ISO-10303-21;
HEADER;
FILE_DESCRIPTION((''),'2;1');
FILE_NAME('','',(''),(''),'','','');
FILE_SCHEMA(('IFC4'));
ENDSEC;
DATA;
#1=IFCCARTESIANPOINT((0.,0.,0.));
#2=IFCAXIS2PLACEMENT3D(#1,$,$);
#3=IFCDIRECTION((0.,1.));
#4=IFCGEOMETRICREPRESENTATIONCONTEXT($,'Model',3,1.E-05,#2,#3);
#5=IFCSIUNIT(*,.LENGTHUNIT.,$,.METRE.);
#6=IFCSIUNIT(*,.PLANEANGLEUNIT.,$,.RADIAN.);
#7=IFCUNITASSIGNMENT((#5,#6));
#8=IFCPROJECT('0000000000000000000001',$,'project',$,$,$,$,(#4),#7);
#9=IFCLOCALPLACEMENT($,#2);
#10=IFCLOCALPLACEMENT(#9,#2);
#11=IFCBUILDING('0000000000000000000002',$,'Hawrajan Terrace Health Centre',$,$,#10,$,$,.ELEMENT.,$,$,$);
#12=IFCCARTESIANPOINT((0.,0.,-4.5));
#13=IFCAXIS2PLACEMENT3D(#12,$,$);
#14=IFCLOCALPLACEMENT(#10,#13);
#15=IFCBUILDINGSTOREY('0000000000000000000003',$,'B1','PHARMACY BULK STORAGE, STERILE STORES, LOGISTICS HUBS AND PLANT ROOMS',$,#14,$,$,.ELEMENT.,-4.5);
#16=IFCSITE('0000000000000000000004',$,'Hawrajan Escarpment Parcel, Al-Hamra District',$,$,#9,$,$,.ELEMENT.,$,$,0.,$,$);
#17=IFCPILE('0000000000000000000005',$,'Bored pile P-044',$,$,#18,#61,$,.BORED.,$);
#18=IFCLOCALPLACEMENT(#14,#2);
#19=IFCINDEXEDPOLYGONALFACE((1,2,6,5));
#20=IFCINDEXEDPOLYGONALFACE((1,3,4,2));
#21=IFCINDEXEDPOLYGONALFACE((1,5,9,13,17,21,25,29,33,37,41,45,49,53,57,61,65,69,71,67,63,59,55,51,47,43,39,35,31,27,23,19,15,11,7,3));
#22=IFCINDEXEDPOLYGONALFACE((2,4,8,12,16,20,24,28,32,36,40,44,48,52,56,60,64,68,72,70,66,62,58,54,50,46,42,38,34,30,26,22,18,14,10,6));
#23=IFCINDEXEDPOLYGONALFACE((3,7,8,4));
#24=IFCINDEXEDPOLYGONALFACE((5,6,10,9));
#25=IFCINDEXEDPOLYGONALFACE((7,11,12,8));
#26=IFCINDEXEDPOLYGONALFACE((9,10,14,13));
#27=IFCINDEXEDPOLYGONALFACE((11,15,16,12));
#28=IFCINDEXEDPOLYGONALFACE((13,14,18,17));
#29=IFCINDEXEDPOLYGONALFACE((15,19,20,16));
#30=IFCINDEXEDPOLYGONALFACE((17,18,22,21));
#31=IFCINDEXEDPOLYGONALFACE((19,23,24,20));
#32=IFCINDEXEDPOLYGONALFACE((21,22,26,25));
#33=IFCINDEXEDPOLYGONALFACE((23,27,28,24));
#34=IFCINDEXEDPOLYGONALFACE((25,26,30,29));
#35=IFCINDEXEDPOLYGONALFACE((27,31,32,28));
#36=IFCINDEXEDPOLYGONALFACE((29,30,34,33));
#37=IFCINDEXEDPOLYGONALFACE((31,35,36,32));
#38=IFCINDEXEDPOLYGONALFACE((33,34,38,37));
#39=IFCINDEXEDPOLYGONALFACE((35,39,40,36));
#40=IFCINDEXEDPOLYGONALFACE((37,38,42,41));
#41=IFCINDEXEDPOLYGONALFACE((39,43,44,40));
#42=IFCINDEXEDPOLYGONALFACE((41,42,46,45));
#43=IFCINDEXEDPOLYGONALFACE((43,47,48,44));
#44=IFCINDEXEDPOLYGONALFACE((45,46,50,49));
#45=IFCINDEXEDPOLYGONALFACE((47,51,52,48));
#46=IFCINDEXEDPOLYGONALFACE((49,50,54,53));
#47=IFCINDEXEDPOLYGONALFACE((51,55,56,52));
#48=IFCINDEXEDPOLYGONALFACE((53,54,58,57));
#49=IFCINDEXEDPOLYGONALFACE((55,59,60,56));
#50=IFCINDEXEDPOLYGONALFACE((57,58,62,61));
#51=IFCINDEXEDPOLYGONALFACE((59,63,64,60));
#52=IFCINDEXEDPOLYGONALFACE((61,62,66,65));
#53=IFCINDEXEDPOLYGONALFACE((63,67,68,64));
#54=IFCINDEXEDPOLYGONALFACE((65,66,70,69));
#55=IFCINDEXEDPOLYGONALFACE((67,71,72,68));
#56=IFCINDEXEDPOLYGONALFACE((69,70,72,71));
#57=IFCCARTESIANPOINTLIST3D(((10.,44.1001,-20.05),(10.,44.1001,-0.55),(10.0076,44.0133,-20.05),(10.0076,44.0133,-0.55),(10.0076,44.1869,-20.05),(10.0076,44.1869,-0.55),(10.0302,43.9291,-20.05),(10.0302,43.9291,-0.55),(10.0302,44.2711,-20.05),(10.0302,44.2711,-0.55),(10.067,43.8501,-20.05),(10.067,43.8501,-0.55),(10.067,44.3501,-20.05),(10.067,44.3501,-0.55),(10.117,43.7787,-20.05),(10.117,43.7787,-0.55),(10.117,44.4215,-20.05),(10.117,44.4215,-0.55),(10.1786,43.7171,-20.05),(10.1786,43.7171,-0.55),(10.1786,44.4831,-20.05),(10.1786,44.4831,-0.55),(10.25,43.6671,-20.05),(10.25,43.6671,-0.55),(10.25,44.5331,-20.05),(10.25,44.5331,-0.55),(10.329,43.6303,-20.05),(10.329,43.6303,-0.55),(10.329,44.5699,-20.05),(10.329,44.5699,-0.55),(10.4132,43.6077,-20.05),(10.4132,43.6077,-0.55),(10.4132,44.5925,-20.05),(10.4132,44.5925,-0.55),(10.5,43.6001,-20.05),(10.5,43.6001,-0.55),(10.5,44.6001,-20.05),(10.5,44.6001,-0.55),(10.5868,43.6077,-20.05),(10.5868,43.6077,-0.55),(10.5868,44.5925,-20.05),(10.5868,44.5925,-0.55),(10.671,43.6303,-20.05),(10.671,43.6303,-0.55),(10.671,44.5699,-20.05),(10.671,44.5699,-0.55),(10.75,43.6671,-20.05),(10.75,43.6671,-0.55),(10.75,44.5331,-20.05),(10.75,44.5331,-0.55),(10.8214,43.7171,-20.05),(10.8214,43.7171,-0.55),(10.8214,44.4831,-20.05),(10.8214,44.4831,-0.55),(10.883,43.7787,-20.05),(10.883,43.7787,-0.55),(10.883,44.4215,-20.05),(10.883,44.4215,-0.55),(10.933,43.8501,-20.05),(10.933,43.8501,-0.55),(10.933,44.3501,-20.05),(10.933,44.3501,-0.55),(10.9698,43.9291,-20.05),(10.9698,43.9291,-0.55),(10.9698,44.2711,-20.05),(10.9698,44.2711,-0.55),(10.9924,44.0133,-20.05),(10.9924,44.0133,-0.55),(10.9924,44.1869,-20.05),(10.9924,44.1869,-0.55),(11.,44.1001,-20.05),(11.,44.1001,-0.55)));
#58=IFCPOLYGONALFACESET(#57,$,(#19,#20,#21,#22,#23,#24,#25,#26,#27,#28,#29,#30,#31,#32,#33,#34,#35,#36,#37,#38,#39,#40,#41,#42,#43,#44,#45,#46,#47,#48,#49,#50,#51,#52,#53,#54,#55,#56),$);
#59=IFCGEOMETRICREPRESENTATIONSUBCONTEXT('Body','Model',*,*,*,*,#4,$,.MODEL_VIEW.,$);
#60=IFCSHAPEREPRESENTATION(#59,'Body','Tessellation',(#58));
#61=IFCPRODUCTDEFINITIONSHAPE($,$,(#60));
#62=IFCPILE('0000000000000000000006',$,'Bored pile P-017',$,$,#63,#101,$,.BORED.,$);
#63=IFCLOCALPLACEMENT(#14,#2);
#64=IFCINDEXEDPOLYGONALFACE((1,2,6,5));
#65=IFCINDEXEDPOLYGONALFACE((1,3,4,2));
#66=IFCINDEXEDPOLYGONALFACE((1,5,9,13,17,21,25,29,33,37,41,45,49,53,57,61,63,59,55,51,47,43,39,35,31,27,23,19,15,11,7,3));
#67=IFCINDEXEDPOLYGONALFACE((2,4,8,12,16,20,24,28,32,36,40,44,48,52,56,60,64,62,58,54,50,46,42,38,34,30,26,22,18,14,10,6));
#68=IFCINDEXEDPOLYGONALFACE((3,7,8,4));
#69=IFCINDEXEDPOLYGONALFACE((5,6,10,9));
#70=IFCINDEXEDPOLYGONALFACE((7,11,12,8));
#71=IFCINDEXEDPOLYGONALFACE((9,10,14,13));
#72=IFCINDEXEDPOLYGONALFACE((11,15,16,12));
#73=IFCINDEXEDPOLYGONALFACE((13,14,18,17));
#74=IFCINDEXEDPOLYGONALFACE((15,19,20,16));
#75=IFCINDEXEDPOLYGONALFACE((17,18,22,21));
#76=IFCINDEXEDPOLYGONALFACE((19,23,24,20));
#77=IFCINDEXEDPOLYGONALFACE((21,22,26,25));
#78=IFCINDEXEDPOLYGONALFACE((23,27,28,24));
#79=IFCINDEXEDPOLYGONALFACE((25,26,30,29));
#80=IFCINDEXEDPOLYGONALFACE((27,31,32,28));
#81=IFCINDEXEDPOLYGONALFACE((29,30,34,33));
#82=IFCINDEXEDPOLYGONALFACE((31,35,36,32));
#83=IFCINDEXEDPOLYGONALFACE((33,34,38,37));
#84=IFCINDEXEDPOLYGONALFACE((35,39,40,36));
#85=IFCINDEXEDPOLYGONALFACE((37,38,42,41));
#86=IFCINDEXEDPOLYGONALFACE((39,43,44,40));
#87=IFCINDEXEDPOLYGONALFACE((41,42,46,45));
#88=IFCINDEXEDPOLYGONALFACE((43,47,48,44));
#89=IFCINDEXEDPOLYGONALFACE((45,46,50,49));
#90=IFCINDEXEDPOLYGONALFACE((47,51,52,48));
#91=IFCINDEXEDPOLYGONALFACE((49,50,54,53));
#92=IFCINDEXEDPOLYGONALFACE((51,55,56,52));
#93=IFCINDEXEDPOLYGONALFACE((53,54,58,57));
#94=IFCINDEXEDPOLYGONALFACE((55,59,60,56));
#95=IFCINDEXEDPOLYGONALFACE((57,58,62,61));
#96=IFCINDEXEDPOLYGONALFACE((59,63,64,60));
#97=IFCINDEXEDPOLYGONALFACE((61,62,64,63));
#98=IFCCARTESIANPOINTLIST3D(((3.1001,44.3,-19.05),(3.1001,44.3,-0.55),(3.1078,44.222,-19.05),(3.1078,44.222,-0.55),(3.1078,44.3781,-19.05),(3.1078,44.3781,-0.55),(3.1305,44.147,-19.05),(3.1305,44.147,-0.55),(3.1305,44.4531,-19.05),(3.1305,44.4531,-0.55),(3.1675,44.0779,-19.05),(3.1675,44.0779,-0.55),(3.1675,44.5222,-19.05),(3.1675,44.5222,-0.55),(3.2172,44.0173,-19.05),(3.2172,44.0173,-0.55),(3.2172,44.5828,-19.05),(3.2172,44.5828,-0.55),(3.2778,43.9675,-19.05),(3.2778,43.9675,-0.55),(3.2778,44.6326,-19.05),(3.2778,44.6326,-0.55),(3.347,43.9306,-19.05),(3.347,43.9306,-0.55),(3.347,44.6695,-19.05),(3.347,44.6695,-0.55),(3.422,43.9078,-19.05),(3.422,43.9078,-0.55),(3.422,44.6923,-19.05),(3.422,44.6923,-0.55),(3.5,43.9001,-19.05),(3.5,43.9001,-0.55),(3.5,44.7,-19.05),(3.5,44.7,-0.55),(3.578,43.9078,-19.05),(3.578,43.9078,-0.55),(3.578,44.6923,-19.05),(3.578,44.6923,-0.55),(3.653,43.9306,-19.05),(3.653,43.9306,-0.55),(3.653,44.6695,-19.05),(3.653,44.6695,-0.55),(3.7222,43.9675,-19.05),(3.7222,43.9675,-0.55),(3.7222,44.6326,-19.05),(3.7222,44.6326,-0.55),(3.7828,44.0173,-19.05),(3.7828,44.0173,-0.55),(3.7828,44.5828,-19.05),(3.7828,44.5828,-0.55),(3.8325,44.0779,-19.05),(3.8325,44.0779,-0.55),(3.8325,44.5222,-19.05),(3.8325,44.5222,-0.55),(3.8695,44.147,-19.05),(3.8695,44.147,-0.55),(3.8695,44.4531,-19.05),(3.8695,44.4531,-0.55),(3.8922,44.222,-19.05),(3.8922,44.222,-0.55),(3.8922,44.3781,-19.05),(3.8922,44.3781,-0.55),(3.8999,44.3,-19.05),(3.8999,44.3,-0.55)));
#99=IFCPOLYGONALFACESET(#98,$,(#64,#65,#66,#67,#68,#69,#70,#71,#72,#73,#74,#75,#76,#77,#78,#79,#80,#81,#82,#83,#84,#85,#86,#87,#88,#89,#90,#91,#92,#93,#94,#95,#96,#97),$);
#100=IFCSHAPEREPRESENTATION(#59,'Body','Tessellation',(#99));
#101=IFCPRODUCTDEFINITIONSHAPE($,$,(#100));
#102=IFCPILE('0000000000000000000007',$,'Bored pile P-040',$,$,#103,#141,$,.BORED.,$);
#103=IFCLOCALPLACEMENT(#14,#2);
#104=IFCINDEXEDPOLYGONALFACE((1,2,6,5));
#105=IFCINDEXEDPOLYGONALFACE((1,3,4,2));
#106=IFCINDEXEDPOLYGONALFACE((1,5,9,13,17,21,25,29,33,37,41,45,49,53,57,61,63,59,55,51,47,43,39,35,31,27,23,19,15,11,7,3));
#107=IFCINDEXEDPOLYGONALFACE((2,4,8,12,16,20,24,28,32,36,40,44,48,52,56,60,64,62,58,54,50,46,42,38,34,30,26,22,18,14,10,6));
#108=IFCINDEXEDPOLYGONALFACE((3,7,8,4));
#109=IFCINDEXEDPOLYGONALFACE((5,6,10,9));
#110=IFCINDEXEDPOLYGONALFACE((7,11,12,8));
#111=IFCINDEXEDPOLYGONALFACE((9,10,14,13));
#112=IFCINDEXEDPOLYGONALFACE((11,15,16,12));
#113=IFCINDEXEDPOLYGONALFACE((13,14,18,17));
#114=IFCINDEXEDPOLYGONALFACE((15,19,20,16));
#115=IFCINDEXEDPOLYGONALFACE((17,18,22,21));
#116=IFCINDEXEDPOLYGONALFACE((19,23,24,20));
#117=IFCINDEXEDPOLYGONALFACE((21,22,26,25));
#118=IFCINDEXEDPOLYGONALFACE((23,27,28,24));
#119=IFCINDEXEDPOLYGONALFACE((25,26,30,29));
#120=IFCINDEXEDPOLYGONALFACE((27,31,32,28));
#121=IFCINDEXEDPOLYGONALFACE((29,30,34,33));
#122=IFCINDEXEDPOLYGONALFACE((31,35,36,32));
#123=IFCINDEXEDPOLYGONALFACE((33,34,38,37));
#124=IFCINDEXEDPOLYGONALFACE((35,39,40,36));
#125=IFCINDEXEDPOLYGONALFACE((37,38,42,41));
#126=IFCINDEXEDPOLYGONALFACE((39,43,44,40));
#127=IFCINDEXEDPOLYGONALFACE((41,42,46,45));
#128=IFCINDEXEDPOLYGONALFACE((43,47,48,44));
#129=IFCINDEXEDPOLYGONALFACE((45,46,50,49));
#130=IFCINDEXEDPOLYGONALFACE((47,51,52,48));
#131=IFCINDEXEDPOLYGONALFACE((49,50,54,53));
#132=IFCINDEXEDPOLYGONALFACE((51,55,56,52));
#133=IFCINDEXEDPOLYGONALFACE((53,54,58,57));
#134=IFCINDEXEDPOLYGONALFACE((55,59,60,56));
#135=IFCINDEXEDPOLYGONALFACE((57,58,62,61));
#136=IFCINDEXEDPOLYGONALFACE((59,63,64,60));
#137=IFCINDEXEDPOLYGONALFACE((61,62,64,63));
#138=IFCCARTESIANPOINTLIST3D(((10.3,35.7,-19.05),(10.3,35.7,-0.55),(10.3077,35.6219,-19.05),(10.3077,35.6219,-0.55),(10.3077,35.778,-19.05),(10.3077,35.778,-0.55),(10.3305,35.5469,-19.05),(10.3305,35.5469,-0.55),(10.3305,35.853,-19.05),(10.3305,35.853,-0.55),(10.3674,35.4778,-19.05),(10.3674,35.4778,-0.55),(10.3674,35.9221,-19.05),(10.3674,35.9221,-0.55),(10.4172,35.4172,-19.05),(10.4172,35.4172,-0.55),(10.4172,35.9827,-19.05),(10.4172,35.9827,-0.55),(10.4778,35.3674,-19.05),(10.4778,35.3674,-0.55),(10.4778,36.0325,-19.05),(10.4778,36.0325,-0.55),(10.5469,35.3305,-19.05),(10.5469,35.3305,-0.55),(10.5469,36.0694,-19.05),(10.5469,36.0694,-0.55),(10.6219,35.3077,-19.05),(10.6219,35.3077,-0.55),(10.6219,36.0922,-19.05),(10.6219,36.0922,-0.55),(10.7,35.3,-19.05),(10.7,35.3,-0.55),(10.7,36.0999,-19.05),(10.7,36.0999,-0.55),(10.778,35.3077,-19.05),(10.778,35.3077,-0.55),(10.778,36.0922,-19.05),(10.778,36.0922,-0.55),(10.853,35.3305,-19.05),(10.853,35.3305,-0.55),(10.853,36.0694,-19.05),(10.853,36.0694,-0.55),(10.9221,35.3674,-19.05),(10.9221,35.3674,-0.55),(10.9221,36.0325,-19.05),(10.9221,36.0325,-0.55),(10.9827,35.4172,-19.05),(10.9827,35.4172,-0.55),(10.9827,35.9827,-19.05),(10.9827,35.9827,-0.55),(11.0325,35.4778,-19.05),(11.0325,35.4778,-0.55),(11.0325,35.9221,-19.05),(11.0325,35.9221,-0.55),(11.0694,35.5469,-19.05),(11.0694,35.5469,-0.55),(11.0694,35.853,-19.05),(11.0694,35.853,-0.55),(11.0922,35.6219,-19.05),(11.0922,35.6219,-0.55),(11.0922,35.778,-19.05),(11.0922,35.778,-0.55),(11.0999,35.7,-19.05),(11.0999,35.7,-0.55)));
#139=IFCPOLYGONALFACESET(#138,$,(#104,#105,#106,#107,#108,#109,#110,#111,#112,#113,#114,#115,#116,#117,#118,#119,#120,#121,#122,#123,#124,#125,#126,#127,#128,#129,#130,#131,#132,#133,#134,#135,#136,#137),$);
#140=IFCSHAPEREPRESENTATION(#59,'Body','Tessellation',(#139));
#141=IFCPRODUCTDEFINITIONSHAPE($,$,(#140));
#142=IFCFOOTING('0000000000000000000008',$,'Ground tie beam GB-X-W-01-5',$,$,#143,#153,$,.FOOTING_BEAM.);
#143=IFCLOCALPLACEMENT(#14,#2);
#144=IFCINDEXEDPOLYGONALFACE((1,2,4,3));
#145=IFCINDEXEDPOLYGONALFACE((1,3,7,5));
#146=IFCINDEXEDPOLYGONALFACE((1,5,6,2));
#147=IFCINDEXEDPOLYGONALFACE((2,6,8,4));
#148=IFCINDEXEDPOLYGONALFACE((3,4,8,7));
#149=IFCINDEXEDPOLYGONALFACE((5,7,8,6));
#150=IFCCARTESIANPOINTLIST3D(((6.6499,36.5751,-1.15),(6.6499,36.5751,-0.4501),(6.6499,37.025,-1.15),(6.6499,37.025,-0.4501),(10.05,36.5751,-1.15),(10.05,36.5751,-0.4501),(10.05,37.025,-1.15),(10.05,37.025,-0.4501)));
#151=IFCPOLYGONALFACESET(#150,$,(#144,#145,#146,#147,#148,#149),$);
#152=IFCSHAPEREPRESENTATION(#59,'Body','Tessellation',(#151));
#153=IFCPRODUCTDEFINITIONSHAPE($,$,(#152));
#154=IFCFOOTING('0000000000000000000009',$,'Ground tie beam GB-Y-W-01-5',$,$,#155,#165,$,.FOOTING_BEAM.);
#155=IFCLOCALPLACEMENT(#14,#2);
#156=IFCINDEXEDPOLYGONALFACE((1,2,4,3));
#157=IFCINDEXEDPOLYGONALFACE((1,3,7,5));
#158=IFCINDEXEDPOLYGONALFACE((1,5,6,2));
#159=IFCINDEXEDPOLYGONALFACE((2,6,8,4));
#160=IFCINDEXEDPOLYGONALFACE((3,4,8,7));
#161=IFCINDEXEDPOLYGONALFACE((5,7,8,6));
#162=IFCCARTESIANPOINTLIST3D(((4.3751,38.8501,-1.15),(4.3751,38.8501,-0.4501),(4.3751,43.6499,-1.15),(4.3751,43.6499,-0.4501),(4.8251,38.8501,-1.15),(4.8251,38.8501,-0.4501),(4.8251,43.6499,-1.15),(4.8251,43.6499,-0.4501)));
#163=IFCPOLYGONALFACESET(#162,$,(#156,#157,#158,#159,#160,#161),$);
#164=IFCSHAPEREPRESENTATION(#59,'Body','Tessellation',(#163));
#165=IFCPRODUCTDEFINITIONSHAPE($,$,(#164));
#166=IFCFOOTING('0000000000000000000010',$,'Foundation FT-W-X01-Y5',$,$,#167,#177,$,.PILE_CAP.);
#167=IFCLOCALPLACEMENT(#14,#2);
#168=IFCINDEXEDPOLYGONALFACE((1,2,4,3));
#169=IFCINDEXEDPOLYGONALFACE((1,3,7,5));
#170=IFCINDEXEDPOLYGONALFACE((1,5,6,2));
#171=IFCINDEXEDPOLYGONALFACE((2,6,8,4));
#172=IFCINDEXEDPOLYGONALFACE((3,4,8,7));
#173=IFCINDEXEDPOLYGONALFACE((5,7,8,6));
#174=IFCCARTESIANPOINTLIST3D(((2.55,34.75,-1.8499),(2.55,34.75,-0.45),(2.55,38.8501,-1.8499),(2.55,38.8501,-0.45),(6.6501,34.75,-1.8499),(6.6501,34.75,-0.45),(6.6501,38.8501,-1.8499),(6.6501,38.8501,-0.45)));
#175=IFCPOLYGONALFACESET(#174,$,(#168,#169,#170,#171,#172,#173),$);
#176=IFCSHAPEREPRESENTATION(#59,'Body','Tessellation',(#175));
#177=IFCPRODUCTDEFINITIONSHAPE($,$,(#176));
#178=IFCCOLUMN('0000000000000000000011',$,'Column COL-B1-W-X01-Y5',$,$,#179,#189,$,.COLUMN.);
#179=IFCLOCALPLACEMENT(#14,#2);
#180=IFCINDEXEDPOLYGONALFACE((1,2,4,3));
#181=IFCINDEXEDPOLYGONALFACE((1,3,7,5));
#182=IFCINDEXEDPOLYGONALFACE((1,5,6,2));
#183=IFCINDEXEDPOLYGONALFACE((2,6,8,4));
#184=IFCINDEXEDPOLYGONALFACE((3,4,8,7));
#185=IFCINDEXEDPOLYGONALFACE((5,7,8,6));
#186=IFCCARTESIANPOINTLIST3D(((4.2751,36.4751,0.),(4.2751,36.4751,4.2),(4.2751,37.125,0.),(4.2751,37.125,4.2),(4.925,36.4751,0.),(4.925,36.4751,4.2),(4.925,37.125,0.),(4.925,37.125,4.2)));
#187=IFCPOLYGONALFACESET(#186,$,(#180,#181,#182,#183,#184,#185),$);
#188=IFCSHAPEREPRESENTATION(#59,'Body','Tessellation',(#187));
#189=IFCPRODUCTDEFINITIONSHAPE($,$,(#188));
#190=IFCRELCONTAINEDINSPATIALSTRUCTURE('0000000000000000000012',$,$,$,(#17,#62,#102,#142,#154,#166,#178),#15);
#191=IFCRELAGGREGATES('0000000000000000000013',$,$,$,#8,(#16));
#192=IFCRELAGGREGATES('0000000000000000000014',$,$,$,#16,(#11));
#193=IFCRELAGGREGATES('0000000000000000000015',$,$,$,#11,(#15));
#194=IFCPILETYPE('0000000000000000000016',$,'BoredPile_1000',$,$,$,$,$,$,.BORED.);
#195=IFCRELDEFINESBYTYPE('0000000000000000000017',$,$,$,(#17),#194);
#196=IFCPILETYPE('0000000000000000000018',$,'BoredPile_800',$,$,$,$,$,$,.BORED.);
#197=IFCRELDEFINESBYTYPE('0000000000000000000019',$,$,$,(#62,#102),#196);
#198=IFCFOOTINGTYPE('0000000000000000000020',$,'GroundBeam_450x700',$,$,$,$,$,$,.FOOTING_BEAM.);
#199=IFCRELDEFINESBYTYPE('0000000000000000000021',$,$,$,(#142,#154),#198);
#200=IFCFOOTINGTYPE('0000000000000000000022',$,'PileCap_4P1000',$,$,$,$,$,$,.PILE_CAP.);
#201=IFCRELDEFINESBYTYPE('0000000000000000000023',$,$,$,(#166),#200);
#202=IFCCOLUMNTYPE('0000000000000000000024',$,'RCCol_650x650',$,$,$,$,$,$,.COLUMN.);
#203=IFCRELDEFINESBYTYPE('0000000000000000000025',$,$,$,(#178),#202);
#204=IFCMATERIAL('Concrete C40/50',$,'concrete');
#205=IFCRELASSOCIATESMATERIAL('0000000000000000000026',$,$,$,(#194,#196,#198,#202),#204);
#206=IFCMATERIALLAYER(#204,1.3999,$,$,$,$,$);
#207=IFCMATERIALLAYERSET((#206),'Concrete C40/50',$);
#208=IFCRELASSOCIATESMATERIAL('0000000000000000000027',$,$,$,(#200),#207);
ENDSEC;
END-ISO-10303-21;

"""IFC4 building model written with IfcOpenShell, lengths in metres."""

from ifc_helpers import new_model, si_unit, direction, frame, origin, origin_2d, place, context, subcontext, project, spatial, rectangle, circle, extrude, material, layer, layer_set, material_profile, profile_set, type_object, element, save


model = new_model("IFC4")

# Units and contexts
model_context = context("Model", 3, precision=1e-05, world=origin(), true_north=direction((0.0, 1.0)))
body_context = subcontext(model_context, "Body", "Model", "MODEL_VIEW")
ifc_project = project(units=[si_unit("LENGTHUNIT", "METRE"), si_unit("PLANEANGLEUNIT", "RADIAN")], contexts=[model_context])

# Site, building, storey
site_placement = place(None, origin())
site = spatial("IfcSite", under=ifc_project, at=site_placement, Name="Hawrajan Escarpment Parcel, Al-Hamra District", CompositionType="ELEMENT", RefElevation=0.0)
building_placement = place(site_placement, origin())
building = spatial("IfcBuilding", under=site, at=building_placement, Name="Hawrajan Terrace Health Centre", CompositionType="ELEMENT")
storey_placement = place(building_placement, frame((0.0, 0.0, -4.5)))
storey = spatial("IfcBuildingStorey", under=building, at=storey_placement, Name="B1", Description="PHARMACY BULK STORAGE, STERILE STORES, LOGISTICS HUBS AND PLANT ROOMS", CompositionType="ELEMENT", Elevation=-4.5)

# Piles
ifc_material_1 = material(Name="Concrete C40/50", Category="concrete")
ifc_material_profile_1 = material_profile(ifc_material_1, circle(Radius=0.5, at=origin_2d()), Name="BP 1000")
ifc_profile_set_1 = profile_set([ifc_material_profile_1], Name="Concrete C40/50")
pile_type_1 = type_object("IfcPileType", Name="BoredPile_1000", PredefinedType="BORED", material=ifc_profile_set_1)
for number, where, z_axis, x_axis, name in (
    (1, (10.5, 44.1001, -0.55), (0.0, 0.0, -1.0), (1.0, 0.0, 0.0), "Bored pile P-044"),
):
    element("IfcPile", number, at=place(storey_placement, frame(where, z_axis=z_axis, x_axis=x_axis)), inside=storey, type_object=pile_type_1, Name=name, PredefinedType="BORED", context=body_context, shape_type="SweptSolid", body=[
        extrude(circle(Radius=0.5, at=origin_2d()), origin(), (0.0, 0.0, 1.0), 19.5),
    ])
ifc_material_profile_2 = material_profile(ifc_material_1, circle(Radius=0.3999, at=origin_2d()), Name="BP 800")
ifc_profile_set_2 = profile_set([ifc_material_profile_2], Name="Concrete C40/50")
pile_type_2 = type_object("IfcPileType", Name="BoredPile_800", PredefinedType="BORED", material=ifc_profile_set_2)
for number, where, z_axis, x_axis, name in (
    (2, (3.5, 44.3, -0.55), (0.0, 0.0, -1.0), (1.0, 0.0, 0.0), "Bored pile P-017"),
    (3, (10.7, 35.7, -0.55), (0.0, 0.0, -1.0), (1.0, 0.0, 0.0), "Bored pile P-040"),
):
    element("IfcPile", number, at=place(storey_placement, frame(where, z_axis=z_axis, x_axis=x_axis)), inside=storey, type_object=pile_type_2, Name=name, PredefinedType="BORED", context=body_context, shape_type="SweptSolid", body=[
        extrude(circle(Radius=0.3999, at=origin_2d()), origin(), (0.0, 0.0, 1.0), 18.5),
    ])

# Footings
ifc_material_profile_3 = material_profile(ifc_material_1, rectangle(XDim=0.45, YDim=0.7, at=origin_2d()), Name="RC BM 450x700")
ifc_profile_set_3 = profile_set([ifc_material_profile_3], Name="Concrete C40/50")
footing_type_1 = type_object("IfcFootingType", Name="GroundBeam_450x700", PredefinedType="FOOTING_BEAM", material=ifc_profile_set_3)
footing_1_placement = place(storey_placement, frame((6.6499, 36.8, -0.8), z_axis=(1.0, 0.0, 0.0), x_axis=(0.0, 1.0, 0.0)))
element("IfcFooting", 4, at=footing_1_placement, inside=storey, type_object=footing_type_1, Name="Ground tie beam GB-X-W-01-5", PredefinedType="FOOTING_BEAM", context=body_context, shape_type="SweptSolid", body=[
    extrude(rectangle(XDim=0.45, YDim=0.7, at=origin_2d()), origin(), (0.0, 0.0, 1.0), 3.4001),
])
footing_2_placement = place(storey_placement, frame((4.6001, 38.8501, -0.8), z_axis=(0.0, 1.0, 0.0), x_axis=(-1.0, 0.0, 0.0)))
element("IfcFooting", 5, at=footing_2_placement, inside=storey, type_object=footing_type_1, Name="Ground tie beam GB-Y-W-01-5", PredefinedType="FOOTING_BEAM", context=body_context, shape_type="SweptSolid", body=[
    extrude(rectangle(XDim=0.45, YDim=0.7, at=origin_2d()), origin(), (0.0, 0.0, 1.0), 4.7998),
])
ifc_layer_1 = layer(ifc_material_1, 1.3999)
ifc_layer_set_1 = layer_set([ifc_layer_1], Name="Concrete C40/50")
footing_type_2 = type_object("IfcFootingType", Name="PileCap_4P1000", PredefinedType="PILE_CAP", material=ifc_layer_set_1)
footing_3_placement = place(storey_placement, frame((4.6001, 36.8, -1.8499), z_axis=(0.0, 0.0, 1.0), x_axis=(1.0, 0.0, 0.0)))
element("IfcFooting", 6, at=footing_3_placement, inside=storey, type_object=footing_type_2, Name="Foundation FT-W-X01-Y5", PredefinedType="PILE_CAP", context=body_context, shape_type="SweptSolid", body=[
    extrude(rectangle(XDim=4.1001, YDim=4.1001, at=origin_2d()), origin(), (0.0, 0.0, 1.0), 1.3999),
])

# Column
ifc_material_profile_4 = material_profile(ifc_material_1, rectangle(XDim=0.6499, YDim=0.6499, at=origin_2d()), Name="RC 650x650")
ifc_profile_set_4 = profile_set([ifc_material_profile_4], Name="Concrete C40/50")
column_type = type_object("IfcColumnType", Name="RCCol_650x650", PredefinedType="COLUMN", material=ifc_profile_set_4)
column_placement = place(storey_placement, frame((4.6001, 36.8, 0.0), z_axis=(0.0, 0.0, 1.0), x_axis=(1.0, 0.0, 0.0)))
element("IfcColumn", 7, at=column_placement, inside=storey, type_object=column_type, Name="Column COL-B1-W-X01-Y5", PredefinedType="COLUMN", context=body_context, shape_type="SweptSolid", body=[
    extrude(rectangle(XDim=0.6499, YDim=0.6499, at=origin_2d()), origin(), (0.0, 0.0, 1.0), 4.2),
])

save(model, "model.ifc")
